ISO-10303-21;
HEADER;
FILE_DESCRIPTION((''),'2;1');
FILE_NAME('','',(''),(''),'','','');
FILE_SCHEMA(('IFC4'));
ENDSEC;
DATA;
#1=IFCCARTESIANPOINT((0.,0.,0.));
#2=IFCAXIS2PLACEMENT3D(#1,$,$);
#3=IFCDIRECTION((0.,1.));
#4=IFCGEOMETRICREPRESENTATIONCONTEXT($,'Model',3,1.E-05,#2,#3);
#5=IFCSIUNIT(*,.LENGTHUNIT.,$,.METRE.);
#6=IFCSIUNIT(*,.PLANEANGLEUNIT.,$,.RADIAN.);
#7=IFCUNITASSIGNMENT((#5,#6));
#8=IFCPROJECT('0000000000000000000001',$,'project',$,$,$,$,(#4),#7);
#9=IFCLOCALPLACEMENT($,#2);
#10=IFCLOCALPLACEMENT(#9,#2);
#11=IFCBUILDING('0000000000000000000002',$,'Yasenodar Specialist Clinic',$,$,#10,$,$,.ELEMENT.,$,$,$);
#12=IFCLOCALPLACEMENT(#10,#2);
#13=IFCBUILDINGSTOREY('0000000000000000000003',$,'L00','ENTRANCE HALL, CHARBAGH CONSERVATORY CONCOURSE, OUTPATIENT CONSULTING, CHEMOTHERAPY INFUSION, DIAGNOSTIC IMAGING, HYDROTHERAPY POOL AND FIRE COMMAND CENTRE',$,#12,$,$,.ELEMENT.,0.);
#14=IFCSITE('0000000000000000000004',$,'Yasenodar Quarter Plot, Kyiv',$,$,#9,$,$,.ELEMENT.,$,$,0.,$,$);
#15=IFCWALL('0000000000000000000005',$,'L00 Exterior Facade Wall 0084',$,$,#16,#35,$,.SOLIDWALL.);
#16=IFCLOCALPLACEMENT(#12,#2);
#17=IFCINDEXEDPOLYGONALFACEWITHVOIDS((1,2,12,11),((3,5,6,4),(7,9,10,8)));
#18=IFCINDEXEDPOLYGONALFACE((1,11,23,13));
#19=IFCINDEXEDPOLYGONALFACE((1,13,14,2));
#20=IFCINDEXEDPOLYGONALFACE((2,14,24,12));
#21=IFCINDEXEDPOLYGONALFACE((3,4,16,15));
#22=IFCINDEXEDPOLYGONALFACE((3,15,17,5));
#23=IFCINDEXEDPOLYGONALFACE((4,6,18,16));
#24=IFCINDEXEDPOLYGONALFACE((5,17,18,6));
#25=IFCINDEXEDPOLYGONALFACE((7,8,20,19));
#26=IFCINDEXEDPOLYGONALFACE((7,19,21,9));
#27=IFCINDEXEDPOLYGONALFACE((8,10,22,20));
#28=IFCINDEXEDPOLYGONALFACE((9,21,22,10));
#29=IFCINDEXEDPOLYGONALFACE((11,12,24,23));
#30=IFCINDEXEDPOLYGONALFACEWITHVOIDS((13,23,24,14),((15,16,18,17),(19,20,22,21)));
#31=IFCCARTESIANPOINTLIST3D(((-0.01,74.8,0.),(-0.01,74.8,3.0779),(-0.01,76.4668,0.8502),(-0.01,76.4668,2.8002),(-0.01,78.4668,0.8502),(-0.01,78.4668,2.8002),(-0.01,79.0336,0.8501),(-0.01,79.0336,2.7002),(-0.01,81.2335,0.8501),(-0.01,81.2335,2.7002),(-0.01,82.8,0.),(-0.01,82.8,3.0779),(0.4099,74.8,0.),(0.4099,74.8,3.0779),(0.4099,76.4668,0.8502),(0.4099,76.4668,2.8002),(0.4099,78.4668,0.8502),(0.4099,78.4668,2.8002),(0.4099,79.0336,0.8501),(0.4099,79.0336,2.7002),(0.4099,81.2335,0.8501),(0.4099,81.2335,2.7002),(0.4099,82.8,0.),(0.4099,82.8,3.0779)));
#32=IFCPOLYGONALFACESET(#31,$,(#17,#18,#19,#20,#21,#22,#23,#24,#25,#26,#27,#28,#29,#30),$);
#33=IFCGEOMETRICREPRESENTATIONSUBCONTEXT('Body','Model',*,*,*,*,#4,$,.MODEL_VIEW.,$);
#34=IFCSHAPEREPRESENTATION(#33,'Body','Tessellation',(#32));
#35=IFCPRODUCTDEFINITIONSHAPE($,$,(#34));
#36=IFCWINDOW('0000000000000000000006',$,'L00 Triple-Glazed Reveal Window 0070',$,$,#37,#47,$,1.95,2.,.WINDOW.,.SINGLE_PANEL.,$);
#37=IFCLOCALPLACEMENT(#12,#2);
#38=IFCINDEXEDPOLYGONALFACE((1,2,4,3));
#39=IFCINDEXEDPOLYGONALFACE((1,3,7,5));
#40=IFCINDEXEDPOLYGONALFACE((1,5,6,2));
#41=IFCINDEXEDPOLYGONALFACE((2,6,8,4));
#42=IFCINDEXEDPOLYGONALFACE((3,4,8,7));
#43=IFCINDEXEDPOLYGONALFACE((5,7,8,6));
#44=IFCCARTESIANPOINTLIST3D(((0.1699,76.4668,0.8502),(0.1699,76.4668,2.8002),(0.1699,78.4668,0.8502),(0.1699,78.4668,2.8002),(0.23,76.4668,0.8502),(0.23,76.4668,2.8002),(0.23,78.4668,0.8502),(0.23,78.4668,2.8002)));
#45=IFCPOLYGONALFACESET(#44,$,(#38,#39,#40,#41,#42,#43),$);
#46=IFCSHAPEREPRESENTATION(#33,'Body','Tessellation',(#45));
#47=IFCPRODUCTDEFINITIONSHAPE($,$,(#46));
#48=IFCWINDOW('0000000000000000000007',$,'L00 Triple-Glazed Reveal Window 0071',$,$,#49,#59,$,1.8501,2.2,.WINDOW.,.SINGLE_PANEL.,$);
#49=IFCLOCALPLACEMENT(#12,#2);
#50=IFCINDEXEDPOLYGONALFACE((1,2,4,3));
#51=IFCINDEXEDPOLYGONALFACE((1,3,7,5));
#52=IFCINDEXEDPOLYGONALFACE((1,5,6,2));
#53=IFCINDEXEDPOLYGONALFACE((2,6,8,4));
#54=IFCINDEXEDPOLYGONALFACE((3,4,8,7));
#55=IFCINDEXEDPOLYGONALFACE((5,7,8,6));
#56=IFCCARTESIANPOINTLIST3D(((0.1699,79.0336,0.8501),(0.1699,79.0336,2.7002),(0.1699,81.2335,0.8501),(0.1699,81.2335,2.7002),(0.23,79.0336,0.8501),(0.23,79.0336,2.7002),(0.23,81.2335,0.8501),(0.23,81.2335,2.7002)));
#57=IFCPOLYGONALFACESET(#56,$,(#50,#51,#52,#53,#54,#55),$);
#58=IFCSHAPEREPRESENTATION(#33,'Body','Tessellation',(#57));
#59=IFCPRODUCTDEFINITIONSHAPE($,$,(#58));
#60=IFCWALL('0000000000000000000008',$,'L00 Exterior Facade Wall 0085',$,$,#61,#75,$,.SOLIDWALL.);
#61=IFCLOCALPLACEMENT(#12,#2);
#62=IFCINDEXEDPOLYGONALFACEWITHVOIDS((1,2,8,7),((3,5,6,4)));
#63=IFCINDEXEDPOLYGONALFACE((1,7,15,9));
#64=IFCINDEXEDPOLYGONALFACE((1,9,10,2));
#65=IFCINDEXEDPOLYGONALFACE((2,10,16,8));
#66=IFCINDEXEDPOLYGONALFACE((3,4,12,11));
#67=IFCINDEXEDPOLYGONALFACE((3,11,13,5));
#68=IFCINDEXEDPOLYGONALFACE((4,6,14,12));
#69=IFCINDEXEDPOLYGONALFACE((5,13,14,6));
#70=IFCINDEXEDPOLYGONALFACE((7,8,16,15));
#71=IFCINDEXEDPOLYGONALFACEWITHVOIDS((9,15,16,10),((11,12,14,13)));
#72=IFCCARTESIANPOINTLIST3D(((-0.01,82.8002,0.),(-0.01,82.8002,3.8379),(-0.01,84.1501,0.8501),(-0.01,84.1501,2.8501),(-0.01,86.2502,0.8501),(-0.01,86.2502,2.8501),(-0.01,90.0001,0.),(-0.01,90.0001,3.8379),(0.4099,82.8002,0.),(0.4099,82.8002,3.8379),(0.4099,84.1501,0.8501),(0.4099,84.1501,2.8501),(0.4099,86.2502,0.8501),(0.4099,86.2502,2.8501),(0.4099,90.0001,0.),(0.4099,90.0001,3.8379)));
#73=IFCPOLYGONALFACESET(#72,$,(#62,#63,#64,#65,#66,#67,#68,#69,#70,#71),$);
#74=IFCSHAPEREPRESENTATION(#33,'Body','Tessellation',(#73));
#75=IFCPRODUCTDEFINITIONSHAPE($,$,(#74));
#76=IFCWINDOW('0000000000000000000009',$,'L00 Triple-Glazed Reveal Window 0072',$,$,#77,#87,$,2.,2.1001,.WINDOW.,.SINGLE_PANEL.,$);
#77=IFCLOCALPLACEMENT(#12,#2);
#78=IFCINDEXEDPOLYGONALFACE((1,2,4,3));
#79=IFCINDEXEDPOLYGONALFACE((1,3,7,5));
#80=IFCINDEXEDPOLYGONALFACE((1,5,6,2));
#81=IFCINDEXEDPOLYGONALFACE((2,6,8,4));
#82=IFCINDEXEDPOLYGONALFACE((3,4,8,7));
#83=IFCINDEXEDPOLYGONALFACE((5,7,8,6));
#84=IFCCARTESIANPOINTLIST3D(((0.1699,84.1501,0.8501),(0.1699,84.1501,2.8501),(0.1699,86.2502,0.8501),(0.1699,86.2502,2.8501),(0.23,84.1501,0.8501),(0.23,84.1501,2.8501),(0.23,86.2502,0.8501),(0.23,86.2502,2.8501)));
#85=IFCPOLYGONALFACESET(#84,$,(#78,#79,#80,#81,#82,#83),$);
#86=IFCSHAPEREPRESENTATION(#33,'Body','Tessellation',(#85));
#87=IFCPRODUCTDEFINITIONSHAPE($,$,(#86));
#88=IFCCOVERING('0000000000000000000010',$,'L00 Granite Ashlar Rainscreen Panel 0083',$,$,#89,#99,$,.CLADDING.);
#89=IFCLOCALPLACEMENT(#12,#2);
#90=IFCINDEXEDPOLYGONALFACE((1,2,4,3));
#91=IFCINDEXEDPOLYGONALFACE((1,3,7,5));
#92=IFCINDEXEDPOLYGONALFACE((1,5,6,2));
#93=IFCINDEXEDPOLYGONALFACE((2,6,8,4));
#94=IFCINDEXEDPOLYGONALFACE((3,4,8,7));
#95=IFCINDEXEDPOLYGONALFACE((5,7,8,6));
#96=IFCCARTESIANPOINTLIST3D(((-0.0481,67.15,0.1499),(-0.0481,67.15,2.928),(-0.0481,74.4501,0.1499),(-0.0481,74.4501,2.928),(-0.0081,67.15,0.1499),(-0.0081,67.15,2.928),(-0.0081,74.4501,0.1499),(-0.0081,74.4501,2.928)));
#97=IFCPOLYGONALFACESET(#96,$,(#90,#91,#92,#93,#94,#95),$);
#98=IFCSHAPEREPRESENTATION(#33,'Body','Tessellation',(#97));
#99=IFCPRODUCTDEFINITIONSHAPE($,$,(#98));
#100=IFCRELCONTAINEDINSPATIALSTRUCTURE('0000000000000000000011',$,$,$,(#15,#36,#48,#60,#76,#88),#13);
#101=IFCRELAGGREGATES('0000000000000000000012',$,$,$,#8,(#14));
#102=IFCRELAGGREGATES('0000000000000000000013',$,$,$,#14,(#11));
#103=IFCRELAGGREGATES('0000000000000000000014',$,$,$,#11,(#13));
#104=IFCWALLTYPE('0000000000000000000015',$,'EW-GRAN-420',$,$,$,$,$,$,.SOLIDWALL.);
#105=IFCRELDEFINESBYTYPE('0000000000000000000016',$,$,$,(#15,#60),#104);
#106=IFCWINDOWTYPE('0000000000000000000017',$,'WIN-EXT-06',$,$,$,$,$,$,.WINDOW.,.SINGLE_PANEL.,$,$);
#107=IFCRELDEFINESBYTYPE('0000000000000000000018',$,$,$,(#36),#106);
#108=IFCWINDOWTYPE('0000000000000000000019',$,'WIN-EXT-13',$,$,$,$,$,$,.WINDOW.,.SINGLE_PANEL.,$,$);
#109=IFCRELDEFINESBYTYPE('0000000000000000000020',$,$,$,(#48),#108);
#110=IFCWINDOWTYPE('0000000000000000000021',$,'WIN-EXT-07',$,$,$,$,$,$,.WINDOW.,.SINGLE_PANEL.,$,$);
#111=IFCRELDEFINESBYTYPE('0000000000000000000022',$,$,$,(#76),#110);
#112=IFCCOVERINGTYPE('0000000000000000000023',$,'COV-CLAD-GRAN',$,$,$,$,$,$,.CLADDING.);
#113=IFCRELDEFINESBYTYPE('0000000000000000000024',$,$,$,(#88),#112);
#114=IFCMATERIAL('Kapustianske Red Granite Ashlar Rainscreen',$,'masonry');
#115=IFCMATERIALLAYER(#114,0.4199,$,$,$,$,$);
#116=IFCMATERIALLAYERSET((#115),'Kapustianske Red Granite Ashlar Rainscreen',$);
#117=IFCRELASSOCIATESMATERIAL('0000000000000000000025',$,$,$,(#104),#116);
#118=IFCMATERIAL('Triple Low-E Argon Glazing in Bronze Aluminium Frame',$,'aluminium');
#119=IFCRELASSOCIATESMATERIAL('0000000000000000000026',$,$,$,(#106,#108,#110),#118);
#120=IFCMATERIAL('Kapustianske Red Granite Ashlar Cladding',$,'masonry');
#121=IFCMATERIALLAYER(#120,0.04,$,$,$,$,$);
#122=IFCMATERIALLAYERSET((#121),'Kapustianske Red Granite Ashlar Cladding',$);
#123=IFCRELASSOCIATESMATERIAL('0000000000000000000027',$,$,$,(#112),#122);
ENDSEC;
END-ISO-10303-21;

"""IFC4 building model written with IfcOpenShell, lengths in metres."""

from ifc_helpers import new_model, si_unit, direction, frame, frame_2d, origin, origin_2d, place, context, subcontext, project, spatial, rectangle, extrude, material, layer, layer_set, type_object, element, fill, save


model = new_model("IFC4")

# Units and contexts
model_context = context("Model", 3, precision=1e-05, world=origin(), true_north=direction((0.0, 1.0)))
body_context = subcontext(model_context, "Body", "Model", "MODEL_VIEW")
ifc_project = project(units=[si_unit("LENGTHUNIT", "METRE"), si_unit("PLANEANGLEUNIT", "RADIAN")], contexts=[model_context])

# Site, building, storey
site_placement = place(None, origin())
site = spatial("IfcSite", under=ifc_project, at=site_placement, Name="Yasenodar Quarter Plot, Kyiv", CompositionType="ELEMENT", RefElevation=0.0)
building_placement = place(site_placement, origin())
building = spatial("IfcBuilding", under=site, at=building_placement, Name="Yasenodar Specialist Clinic", CompositionType="ELEMENT")
storey_placement = place(building_placement, origin())
storey = spatial("IfcBuildingStorey", under=building, at=storey_placement, Name="L00", Description="ENTRANCE HALL, CHARBAGH CONSERVATORY CONCOURSE, OUTPATIENT CONSULTING, CHEMOTHERAPY INFUSION, DIAGNOSTIC IMAGING, HYDROTHERAPY POOL AND FIRE COMMAND CENTRE", CompositionType="ELEMENT", Elevation=0.0)

# Wall, openings, windows
ifc_material_1 = material(Name="Kapustianske Red Granite Ashlar Rainscreen", Category="masonry")
ifc_layer_1 = layer(ifc_material_1, 0.4199)
ifc_layer_set_1 = layer_set([ifc_layer_1], Name="Kapustianske Red Granite Ashlar Rainscreen")
wall_type = type_object("IfcWallType", Name="EW-GRAN-420", PredefinedType="SOLIDWALL", material=ifc_layer_set_1)
wall_1_placement = place(storey_placement, frame((0.2, 74.8, 0.0), z_axis=(0.0, 0.0, 1.0), x_axis=(0.0, 1.0, 0.0)))
wall_1 = element("IfcWall", 1, at=wall_1_placement, inside=storey, type_object=wall_type, Name="L00 Exterior Facade Wall 0084", PredefinedType="SOLIDWALL", context=body_context, shape_type="SweptSolid", body=[
    extrude(rectangle(XDim=8.0, YDim=0.4199, at=frame_2d((4.0, 0.0))), origin(), (0.0, 0.0, 1.0), 3.0779),
])
opening_1_placement = place(wall_1_placement, frame((1.6667, 0.0, 0.8501)))
opening_1 = element("IfcOpeningElement", 2, at=opening_1_placement, cuts=wall_1, PredefinedType="OPENING", context=body_context, shape_type="SweptSolid", body=[
    extrude(rectangle(XDim=2.0, YDim=1.95, at=frame_2d((1.0, 0.9751))), frame((0.0, 0.22, 0.0), z_axis=(0.0, -1.0, 0.0), x_axis=(1.0, 0.0, 0.0)), (0.0, 0.0, 1.0), 0.4399),
])
opening_2_placement = place(wall_1_placement, frame((4.2334, 0.0, 0.8501)))
opening_2 = element("IfcOpeningElement", 3, at=opening_2_placement, cuts=wall_1, PredefinedType="OPENING", context=body_context, shape_type="SweptSolid", body=[
    extrude(rectangle(XDim=2.2, YDim=1.8501, at=frame_2d((1.1001, 0.925))), frame((0.0, 0.22, 0.0), z_axis=(0.0, -1.0, 0.0), x_axis=(1.0, 0.0, 0.0)), (0.0, 0.0, 1.0), 0.4399),
])
ifc_material_2 = material(Name="Triple Low-E Argon Glazing in Bronze Aluminium Frame", Category="aluminium")
window_type_1 = type_object("IfcWindowType", Name="WIN-EXT-06", PartitioningType="SINGLE_PANEL", PredefinedType="WINDOW", material=ifc_material_2)
window_1_placement = place(opening_1_placement, origin())
window_1 = element("IfcWindow", 4, at=window_1_placement, inside=storey, type_object=window_type_1, Name="L00 Triple-Glazed Reveal Window 0070", OverallHeight=1.95, OverallWidth=2.0, PartitioningType="SINGLE_PANEL", PredefinedType="WINDOW", context=body_context, shape_type="SweptSolid", body=[
    extrude(rectangle(XDim=2.0, YDim=1.95, at=frame_2d((1.0, 0.9751))), frame((0.0, 0.03, 0.0), z_axis=(0.0, -1.0, 0.0), x_axis=(1.0, 0.0, 0.0)), (0.0, 0.0, 1.0), 0.0601),
])
fill(opening_1, window_1)
window_type_2 = type_object("IfcWindowType", Name="WIN-EXT-13", PartitioningType="SINGLE_PANEL", PredefinedType="WINDOW", material=ifc_material_2)
window_2_placement = place(opening_2_placement, origin())
window_2 = element("IfcWindow", 5, at=window_2_placement, inside=storey, type_object=window_type_2, Name="L00 Triple-Glazed Reveal Window 0071", OverallHeight=1.8501, OverallWidth=2.2, PartitioningType="SINGLE_PANEL", PredefinedType="WINDOW", context=body_context, shape_type="SweptSolid", body=[
    extrude(rectangle(XDim=2.2, YDim=1.8501, at=frame_2d((1.1001, 0.925))), frame((0.0, 0.03, 0.0), z_axis=(0.0, -1.0, 0.0), x_axis=(1.0, 0.0, 0.0)), (0.0, 0.0, 1.0), 0.0601),
])
fill(opening_2, window_2)

# Wall, opening, window
wall_2_placement = place(storey_placement, frame((0.2, 82.8, 0.0), z_axis=(0.0, 0.0, 1.0), x_axis=(0.0, 1.0, 0.0)))
wall_2 = element("IfcWall", 6, at=wall_2_placement, inside=storey, type_object=wall_type, Name="L00 Exterior Facade Wall 0085", PredefinedType="SOLIDWALL", context=body_context, shape_type="SweptSolid", body=[
    extrude(rectangle(XDim=7.2, YDim=0.4199, at=frame_2d((3.6001, 0.0))), origin(), (0.0, 0.0, 1.0), 3.8379),
])
opening_3_placement = place(wall_2_placement, frame((1.3501, 0.0, 0.8501)))
opening_3 = element("IfcOpeningElement", 7, at=opening_3_placement, cuts=wall_2, PredefinedType="OPENING", context=body_context, shape_type="SweptSolid", body=[
    extrude(rectangle(XDim=2.1001, YDim=2.0, at=frame_2d((1.05, 1.0))), frame((0.0, 0.22, 0.0), z_axis=(0.0, -1.0, 0.0), x_axis=(1.0, 0.0, 0.0)), (0.0, 0.0, 1.0), 0.4399),
])
window_type_3 = type_object("IfcWindowType", Name="WIN-EXT-07", PartitioningType="SINGLE_PANEL", PredefinedType="WINDOW", material=ifc_material_2)
window_3_placement = place(opening_3_placement, origin())
window_3 = element("IfcWindow", 8, at=window_3_placement, inside=storey, type_object=window_type_3, Name="L00 Triple-Glazed Reveal Window 0072", OverallHeight=2.0, OverallWidth=2.1001, PartitioningType="SINGLE_PANEL", PredefinedType="WINDOW", context=body_context, shape_type="SweptSolid", body=[
    extrude(rectangle(XDim=2.1001, YDim=2.0, at=frame_2d((1.05, 1.0))), frame((0.0, 0.03, 0.0), z_axis=(0.0, -1.0, 0.0), x_axis=(1.0, 0.0, 0.0)), (0.0, 0.0, 1.0), 0.0601),
])
fill(opening_3, window_3)

# Covering
ifc_material_3 = material(Name="Kapustianske Red Granite Ashlar Cladding", Category="masonry")
ifc_layer_2 = layer(ifc_material_3, 0.04)
ifc_layer_set_2 = layer_set([ifc_layer_2], Name="Kapustianske Red Granite Ashlar Cladding")
covering_type = type_object("IfcCoveringType", Name="COV-CLAD-GRAN", PredefinedType="CLADDING", material=ifc_layer_set_2)
covering_placement = place(storey_placement, frame((-0.0281, 70.8, 0.1499), z_axis=(0.0, 0.0, 1.0), x_axis=(0.0, 1.0, 0.0)))
element("IfcCovering", 9, at=covering_placement, inside=storey, type_object=covering_type, Name="L00 Granite Ashlar Rainscreen Panel 0083", PredefinedType="CLADDING", context=body_context, shape_type="SweptSolid", body=[
    extrude(rectangle(XDim=7.3, YDim=0.04, at=origin_2d()), origin(), (0.0, 0.0, 1.0), 2.7781),
])

save(model, "model.ifc")
